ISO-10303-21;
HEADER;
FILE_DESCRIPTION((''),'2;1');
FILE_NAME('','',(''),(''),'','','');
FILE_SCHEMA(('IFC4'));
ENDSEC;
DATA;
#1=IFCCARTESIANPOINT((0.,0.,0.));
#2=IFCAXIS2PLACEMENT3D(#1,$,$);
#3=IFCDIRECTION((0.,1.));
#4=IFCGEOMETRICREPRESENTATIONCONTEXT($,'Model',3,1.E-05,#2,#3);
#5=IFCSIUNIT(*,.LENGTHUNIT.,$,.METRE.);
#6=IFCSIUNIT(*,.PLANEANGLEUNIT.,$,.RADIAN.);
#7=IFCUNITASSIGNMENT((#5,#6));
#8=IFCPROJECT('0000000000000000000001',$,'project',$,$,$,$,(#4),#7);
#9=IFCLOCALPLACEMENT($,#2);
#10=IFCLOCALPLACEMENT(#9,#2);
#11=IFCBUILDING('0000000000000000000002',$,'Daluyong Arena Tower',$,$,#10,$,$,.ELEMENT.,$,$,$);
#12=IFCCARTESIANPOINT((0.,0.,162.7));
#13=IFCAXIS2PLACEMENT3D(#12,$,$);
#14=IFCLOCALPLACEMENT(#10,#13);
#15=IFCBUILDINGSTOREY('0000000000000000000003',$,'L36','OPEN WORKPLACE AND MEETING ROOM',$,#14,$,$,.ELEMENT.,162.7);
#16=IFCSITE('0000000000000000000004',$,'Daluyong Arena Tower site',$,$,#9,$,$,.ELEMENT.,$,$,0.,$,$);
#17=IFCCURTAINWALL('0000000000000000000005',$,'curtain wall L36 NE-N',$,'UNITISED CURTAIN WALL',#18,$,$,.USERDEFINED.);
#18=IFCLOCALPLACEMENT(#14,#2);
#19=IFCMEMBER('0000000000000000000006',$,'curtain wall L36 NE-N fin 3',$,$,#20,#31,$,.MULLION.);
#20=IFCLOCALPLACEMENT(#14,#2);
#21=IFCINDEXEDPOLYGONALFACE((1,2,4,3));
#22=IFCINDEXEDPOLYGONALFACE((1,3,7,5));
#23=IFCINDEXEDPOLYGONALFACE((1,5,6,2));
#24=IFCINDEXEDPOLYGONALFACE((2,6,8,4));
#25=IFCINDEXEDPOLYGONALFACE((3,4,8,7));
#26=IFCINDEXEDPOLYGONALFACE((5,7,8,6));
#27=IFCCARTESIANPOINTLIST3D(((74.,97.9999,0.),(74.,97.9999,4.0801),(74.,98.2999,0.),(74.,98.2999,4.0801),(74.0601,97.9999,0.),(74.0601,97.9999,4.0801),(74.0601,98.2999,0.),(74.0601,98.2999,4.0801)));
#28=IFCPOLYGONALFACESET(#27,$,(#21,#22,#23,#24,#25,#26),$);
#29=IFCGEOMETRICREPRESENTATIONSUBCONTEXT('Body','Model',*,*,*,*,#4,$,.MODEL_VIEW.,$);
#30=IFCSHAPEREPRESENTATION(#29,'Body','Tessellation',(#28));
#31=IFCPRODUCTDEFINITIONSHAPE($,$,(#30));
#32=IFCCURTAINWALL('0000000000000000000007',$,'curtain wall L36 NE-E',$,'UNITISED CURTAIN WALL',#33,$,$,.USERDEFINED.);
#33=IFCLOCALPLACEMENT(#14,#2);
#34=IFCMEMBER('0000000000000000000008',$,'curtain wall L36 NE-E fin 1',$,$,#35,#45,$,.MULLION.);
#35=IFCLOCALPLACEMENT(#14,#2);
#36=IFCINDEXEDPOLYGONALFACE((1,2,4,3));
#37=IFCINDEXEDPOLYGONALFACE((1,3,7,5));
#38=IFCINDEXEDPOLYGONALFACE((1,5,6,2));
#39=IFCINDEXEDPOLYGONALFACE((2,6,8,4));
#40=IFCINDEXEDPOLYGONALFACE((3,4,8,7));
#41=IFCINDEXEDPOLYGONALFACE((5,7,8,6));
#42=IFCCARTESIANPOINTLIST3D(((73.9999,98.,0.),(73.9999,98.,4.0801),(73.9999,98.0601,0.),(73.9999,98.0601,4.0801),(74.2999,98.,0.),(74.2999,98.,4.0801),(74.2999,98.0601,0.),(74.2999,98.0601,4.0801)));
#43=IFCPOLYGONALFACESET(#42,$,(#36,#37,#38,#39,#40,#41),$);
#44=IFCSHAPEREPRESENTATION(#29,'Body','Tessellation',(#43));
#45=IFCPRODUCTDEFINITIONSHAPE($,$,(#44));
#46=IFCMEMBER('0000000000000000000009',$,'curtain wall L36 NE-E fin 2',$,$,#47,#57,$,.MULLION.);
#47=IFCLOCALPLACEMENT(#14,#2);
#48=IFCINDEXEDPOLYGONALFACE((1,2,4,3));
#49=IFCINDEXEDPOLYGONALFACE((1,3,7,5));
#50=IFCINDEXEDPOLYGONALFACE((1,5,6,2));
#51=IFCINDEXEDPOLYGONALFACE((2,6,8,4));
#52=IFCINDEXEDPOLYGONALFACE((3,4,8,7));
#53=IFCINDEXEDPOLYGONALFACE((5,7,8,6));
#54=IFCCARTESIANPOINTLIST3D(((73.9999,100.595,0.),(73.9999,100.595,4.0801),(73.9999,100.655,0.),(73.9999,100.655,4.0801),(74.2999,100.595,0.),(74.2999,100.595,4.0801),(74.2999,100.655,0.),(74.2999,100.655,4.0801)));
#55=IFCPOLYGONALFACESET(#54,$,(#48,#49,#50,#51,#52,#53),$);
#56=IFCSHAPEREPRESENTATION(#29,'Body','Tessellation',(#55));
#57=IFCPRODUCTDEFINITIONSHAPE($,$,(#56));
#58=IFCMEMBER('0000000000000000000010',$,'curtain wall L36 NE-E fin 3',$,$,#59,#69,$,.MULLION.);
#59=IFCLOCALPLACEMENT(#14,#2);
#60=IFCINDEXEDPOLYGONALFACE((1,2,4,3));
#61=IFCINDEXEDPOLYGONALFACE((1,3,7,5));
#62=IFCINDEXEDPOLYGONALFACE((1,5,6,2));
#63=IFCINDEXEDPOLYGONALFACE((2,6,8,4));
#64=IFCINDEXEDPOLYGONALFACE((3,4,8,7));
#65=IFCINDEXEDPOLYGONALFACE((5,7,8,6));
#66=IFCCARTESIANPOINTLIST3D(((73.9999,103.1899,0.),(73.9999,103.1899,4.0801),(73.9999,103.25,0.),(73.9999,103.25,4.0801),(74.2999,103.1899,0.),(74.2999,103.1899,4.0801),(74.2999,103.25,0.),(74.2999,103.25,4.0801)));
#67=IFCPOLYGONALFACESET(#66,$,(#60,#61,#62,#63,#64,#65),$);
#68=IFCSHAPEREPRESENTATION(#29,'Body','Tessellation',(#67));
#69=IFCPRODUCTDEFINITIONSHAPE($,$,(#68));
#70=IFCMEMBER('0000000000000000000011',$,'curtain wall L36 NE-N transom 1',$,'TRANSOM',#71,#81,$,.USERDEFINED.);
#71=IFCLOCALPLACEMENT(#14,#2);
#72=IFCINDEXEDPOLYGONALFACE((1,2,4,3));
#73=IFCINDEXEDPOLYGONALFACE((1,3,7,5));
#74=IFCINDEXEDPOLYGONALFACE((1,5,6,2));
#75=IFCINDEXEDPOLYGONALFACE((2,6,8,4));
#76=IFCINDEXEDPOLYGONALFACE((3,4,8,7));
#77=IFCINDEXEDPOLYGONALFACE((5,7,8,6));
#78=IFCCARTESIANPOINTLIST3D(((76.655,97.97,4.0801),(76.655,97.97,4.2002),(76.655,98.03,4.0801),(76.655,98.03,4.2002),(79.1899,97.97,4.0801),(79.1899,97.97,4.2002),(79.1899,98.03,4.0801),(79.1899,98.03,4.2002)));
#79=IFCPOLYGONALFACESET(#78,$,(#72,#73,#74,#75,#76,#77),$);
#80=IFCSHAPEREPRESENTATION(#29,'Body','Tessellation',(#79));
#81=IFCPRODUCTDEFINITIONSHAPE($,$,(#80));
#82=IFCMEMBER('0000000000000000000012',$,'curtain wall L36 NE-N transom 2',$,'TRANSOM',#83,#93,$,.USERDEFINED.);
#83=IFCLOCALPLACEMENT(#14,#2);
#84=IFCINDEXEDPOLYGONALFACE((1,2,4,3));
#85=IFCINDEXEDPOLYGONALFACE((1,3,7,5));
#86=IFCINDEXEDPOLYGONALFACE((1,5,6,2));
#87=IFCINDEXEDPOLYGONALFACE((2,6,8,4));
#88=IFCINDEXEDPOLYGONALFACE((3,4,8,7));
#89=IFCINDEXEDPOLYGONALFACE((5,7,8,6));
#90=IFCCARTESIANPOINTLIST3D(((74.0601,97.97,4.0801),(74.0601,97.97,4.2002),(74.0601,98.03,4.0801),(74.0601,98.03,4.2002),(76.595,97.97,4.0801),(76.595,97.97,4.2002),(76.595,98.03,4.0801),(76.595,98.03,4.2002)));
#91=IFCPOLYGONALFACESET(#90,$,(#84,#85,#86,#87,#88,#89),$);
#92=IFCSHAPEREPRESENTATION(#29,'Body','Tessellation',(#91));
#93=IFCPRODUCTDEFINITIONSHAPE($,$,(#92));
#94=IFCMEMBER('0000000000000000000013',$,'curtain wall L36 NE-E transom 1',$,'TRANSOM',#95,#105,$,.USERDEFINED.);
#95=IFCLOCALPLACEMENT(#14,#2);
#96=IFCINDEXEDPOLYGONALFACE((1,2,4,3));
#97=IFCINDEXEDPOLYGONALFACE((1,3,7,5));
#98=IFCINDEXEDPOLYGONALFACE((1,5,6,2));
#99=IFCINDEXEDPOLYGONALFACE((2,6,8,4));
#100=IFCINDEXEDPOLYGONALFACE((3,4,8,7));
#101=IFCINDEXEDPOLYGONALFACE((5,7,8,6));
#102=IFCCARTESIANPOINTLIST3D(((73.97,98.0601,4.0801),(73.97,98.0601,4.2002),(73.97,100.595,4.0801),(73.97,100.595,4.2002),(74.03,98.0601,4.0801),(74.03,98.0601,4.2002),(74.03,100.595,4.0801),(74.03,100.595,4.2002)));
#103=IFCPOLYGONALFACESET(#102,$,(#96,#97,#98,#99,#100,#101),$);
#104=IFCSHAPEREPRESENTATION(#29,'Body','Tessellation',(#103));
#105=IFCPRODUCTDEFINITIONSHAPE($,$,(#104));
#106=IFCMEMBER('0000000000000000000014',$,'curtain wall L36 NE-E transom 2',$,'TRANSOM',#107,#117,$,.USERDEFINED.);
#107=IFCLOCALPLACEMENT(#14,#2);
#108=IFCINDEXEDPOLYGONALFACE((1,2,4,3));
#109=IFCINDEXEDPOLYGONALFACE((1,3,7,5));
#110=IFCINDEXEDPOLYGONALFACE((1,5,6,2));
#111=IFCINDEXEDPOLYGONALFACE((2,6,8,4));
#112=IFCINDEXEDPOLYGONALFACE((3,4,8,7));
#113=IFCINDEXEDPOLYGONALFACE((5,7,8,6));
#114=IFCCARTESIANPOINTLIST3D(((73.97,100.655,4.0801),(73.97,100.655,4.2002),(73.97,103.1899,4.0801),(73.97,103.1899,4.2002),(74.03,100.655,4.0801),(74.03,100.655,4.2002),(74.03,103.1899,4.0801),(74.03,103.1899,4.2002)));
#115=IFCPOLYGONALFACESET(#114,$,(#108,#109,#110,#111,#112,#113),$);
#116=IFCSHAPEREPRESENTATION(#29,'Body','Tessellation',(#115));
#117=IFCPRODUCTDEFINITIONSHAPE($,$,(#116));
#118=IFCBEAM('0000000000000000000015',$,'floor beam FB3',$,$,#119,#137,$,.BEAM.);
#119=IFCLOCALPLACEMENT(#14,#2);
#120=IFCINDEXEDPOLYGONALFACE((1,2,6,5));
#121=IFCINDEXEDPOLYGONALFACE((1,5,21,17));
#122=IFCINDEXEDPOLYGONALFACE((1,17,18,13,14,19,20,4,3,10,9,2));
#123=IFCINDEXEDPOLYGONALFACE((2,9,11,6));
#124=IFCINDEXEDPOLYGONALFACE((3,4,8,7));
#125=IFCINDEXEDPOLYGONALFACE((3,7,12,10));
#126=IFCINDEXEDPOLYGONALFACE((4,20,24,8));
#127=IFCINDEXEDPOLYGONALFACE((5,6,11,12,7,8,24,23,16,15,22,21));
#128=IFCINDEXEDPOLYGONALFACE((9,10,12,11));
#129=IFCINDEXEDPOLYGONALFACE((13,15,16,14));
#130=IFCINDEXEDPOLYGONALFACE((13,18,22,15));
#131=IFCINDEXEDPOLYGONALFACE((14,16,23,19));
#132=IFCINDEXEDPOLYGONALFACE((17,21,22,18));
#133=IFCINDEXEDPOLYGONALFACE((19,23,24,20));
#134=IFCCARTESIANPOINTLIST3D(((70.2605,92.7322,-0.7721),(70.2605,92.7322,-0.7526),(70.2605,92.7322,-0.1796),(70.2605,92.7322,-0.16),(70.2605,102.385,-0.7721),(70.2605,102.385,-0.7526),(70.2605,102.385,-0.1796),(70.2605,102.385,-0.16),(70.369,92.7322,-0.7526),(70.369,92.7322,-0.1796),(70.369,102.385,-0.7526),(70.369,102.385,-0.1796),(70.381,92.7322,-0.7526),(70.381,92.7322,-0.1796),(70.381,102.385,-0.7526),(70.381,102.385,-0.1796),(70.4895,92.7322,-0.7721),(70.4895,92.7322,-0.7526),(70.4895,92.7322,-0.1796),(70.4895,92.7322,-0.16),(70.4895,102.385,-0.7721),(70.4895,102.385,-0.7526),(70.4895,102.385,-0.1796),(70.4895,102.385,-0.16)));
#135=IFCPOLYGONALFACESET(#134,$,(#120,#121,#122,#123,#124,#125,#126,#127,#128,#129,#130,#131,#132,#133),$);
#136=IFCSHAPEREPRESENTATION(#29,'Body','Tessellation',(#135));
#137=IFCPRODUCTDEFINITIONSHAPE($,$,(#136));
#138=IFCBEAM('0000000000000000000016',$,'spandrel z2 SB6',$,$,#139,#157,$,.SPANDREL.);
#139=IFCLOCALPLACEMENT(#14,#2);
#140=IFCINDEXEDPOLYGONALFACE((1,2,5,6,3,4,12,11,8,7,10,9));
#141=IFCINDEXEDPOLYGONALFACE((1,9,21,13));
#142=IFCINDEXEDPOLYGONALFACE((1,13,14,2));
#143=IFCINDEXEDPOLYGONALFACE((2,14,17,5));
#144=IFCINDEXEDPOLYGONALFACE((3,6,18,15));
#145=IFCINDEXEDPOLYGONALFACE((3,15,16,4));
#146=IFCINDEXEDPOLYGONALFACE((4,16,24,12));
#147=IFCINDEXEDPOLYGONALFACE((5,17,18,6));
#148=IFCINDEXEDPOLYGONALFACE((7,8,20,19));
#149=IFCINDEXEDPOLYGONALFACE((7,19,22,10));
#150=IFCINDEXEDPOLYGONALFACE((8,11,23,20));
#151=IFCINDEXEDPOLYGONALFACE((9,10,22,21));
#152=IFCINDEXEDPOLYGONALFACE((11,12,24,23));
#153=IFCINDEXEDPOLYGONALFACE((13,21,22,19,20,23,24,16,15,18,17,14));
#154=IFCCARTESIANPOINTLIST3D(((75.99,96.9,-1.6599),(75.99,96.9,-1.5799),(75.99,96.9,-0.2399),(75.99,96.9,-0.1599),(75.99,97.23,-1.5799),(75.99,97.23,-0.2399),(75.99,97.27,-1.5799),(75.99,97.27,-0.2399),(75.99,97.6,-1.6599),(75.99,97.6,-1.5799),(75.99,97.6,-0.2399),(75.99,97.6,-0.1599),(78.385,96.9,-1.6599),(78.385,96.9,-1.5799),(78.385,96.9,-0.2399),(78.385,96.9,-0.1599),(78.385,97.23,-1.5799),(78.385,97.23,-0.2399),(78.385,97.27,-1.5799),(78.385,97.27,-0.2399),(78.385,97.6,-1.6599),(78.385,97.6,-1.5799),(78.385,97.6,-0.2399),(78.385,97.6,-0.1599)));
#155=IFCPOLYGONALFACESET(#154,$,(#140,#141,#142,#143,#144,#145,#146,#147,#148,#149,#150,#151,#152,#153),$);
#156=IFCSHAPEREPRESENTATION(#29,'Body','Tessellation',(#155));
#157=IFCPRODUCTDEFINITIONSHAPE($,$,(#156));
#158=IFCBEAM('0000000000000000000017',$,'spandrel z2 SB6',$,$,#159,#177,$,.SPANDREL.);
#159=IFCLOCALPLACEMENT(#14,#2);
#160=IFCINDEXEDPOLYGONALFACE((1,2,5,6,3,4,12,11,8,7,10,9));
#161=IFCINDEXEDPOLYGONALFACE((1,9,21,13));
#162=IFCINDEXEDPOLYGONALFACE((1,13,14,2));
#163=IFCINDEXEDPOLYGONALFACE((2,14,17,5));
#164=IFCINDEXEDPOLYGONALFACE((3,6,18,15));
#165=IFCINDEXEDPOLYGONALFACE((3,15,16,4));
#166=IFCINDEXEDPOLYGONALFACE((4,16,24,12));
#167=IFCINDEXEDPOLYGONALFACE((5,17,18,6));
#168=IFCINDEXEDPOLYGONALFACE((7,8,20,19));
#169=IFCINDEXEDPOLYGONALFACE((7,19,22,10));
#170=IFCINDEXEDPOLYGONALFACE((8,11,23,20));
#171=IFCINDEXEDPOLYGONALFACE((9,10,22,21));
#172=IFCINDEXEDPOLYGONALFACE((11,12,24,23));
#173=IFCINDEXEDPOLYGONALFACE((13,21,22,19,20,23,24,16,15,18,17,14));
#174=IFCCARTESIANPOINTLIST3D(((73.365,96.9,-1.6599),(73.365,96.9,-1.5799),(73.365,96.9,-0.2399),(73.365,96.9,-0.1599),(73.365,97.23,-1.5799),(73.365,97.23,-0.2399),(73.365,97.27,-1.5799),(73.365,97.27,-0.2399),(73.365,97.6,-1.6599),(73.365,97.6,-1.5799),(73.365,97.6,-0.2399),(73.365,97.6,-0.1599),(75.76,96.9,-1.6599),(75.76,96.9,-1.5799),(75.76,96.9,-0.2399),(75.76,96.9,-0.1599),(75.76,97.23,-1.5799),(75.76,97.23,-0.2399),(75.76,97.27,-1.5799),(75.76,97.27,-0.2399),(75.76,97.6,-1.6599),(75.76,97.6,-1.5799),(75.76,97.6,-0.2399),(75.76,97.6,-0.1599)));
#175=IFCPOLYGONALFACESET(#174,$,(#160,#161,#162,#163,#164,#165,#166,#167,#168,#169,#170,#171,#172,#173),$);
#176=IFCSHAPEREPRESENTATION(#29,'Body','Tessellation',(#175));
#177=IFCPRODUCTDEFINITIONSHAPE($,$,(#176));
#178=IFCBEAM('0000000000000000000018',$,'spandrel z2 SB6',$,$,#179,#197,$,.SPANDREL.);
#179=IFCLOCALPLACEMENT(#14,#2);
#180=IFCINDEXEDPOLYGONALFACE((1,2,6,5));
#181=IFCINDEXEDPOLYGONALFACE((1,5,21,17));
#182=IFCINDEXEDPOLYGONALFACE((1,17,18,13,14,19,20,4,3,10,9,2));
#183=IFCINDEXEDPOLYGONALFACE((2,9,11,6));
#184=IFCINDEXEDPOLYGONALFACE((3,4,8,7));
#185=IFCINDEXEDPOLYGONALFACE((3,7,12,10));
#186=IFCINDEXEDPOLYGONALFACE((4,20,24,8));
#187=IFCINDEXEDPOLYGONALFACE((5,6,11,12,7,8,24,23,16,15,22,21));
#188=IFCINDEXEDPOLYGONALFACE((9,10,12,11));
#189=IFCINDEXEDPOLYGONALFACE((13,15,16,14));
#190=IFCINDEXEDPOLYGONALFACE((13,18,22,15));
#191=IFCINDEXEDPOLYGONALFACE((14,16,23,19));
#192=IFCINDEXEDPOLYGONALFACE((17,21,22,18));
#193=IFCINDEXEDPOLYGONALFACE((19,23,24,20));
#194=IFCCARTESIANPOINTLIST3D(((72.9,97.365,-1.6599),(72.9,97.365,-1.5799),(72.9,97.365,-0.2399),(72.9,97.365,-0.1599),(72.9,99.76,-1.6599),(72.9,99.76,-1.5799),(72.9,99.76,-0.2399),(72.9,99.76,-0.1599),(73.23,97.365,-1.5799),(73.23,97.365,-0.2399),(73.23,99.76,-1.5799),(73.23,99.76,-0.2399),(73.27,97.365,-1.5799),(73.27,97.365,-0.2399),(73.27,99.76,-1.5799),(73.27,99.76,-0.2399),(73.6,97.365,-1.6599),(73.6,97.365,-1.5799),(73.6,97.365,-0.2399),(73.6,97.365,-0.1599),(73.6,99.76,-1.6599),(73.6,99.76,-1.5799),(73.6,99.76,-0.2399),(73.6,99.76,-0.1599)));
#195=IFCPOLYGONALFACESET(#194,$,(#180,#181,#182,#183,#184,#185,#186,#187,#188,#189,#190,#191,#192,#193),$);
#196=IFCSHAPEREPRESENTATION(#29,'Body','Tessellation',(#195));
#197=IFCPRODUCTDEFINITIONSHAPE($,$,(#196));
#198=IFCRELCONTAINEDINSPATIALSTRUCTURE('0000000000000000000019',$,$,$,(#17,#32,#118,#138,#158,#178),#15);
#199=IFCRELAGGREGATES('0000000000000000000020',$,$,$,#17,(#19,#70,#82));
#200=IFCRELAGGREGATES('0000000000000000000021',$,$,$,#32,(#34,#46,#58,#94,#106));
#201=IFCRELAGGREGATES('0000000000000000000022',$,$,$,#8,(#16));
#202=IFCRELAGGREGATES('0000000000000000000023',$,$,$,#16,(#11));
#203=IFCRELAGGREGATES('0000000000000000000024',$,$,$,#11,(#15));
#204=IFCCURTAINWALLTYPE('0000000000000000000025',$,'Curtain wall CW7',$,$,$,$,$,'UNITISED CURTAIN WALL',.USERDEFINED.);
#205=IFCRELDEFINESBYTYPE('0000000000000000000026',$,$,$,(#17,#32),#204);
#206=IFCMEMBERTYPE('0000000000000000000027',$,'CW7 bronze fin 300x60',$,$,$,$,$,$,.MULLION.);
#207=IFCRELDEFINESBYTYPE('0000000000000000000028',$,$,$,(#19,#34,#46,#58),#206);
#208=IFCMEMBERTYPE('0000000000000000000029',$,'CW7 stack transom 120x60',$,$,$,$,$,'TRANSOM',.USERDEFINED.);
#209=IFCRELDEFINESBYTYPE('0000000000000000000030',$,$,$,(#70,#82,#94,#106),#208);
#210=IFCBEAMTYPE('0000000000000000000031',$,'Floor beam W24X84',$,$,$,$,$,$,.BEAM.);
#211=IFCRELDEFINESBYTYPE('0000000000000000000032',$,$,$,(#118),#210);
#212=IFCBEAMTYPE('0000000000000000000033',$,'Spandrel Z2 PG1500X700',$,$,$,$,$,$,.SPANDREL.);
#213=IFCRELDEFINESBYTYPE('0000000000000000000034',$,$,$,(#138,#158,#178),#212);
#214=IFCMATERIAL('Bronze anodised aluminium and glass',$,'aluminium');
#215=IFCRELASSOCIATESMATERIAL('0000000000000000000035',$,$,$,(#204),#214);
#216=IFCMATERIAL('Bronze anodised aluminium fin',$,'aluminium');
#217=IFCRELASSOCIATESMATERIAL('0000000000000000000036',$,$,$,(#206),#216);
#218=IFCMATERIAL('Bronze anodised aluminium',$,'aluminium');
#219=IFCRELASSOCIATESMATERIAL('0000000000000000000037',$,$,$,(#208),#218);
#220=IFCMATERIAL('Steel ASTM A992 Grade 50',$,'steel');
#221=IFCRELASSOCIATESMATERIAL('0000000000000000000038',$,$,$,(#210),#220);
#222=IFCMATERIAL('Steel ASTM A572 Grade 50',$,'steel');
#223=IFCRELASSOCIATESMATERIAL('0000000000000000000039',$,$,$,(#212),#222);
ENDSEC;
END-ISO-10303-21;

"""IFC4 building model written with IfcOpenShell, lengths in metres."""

from ifc_helpers import new_model, si_unit, direction, frame, origin, origin_2d, place, context, subcontext, project, spatial, rectangle, i_section, extrude, material, material_profile, profile_set, type_object, element, aggregate, save


model = new_model("IFC4")

# Units and contexts
model_context = context("Model", 3, precision=1e-05, world=origin(), true_north=direction((0.0, 1.0)))
body_context = subcontext(model_context, "Body", "Model", "MODEL_VIEW")
ifc_project = project(units=[si_unit("LENGTHUNIT", "METRE"), si_unit("PLANEANGLEUNIT", "RADIAN")], contexts=[model_context])

# Site, building, storey
site_placement = place(None, origin())
site = spatial("IfcSite", under=ifc_project, at=site_placement, Name="Daluyong Arena Tower site", CompositionType="ELEMENT", RefElevation=0.0)
building_placement = place(site_placement, origin())
building = spatial("IfcBuilding", under=site, at=building_placement, Name="Daluyong Arena Tower", CompositionType="ELEMENT")
storey_placement = place(building_placement, frame((0.0, 0.0, 162.7)))
storey = spatial("IfcBuildingStorey", under=building, at=storey_placement, Name="L36", Description="OPEN WORKPLACE AND MEETING ROOM", CompositionType="ELEMENT", Elevation=162.7)

# Curtain walls, members
ifc_material_1 = material(Name="Bronze anodised aluminium and glass", Category="aluminium")
curtain_wall_type_1 = type_object("IfcCurtainWallType", Name="Curtain wall CW7", ElementType="UNITISED CURTAIN WALL", PredefinedType="USERDEFINED", material=ifc_material_1)
curtain_wall_1_placement = place(storey_placement, origin())
curtain_wall_1 = element("IfcCurtainWall", 1, at=curtain_wall_1_placement, inside=storey, type_object=curtain_wall_type_1, Name="curtain wall L36 NE-N", ObjectType="UNITISED CURTAIN WALL", PredefinedType="USERDEFINED")
ifc_material_2 = material(Name="Bronze anodised aluminium fin", Category="aluminium")
ifc_material_profile_1 = material_profile(ifc_material_2, rectangle(XDim=0.3, YDim=0.0601, at=origin_2d()))
ifc_profile_set_1 = profile_set([ifc_material_profile_1], Name="Bronze anodised aluminium fin")
member_type_1 = type_object("IfcMemberType", Name="CW7 bronze fin 300x60", PredefinedType="MULLION", material=ifc_profile_set_1)
member_1_placement = place(storey_placement, frame((74.03, 98.1499, 0.0), z_axis=(0.0, 0.0, 1.0), x_axis=(0.0, -1.0, 0.0)))
member_1 = element("IfcMember", 2, at=member_1_placement, type_object=member_type_1, Name="curtain wall L36 NE-N fin 3", PredefinedType="MULLION", context=body_context, shape_type="SweptSolid", body=[
    extrude(rectangle(XDim=0.3, YDim=0.0601, at=origin_2d()), origin(), (0.0, 0.0, 1.0), 4.0801),
])
curtain_wall_2_placement = place(storey_placement, origin())
curtain_wall_2 = element("IfcCurtainWall", 3, at=curtain_wall_2_placement, inside=storey, type_object=curtain_wall_type_1, Name="curtain wall L36 NE-E", ObjectType="UNITISED CURTAIN WALL", PredefinedType="USERDEFINED")
member_2_placement = place(storey_placement, frame((74.1499, 98.03, 0.0), z_axis=(0.0, 0.0, 1.0), x_axis=(-1.0, 0.0, 0.0)))
member_2 = element("IfcMember", 4, at=member_2_placement, type_object=member_type_1, Name="curtain wall L36 NE-E fin 1", PredefinedType="MULLION", context=body_context, shape_type="SweptSolid", body=[
    extrude(rectangle(XDim=0.3, YDim=0.0601, at=origin_2d()), origin(), (0.0, 0.0, 1.0), 4.0801),
])
member_3_placement = place(storey_placement, frame((74.1499, 100.625, 0.0), z_axis=(0.0, 0.0, 1.0), x_axis=(-1.0, 0.0, 0.0)))
member_3 = element("IfcMember", 5, at=member_3_placement, type_object=member_type_1, Name="curtain wall L36 NE-E fin 2", PredefinedType="MULLION", context=body_context, shape_type="SweptSolid", body=[
    extrude(rectangle(XDim=0.3, YDim=0.0601, at=origin_2d()), origin(), (0.0, 0.0, 1.0), 4.0801),
])
member_4_placement = place(storey_placement, frame((74.1499, 103.22, 0.0), z_axis=(0.0, 0.0, 1.0), x_axis=(-1.0, 0.0, 0.0)))
member_4 = element("IfcMember", 6, at=member_4_placement, type_object=member_type_1, Name="curtain wall L36 NE-E fin 3", PredefinedType="MULLION", context=body_context, shape_type="SweptSolid", body=[
    extrude(rectangle(XDim=0.3, YDim=0.0601, at=origin_2d()), origin(), (0.0, 0.0, 1.0), 4.0801),
])

# Members
ifc_material_3 = material(Name="Bronze anodised aluminium", Category="aluminium")
ifc_material_profile_2 = material_profile(ifc_material_3, rectangle(XDim=0.0601, YDim=0.1201, at=origin_2d()))
ifc_profile_set_2 = profile_set([ifc_material_profile_2], Name="Bronze anodised aluminium")
member_type_2 = type_object("IfcMemberType", Name="CW7 stack transom 120x60", ElementType="TRANSOM", PredefinedType="USERDEFINED", material=ifc_profile_set_2)
member_5_placement = place(storey_placement, frame((79.1899, 98.0, 4.1401), z_axis=(-1.0, 0.0, 0.0), x_axis=(0.0, -1.0, 0.0)))
member_5 = element("IfcMember", 7, at=member_5_placement, type_object=member_type_2, Name="curtain wall L36 NE-N transom 1", ObjectType="TRANSOM", PredefinedType="USERDEFINED", context=body_context, shape_type="SweptSolid", body=[
    extrude(rectangle(XDim=0.0601, YDim=0.1201, at=origin_2d()), origin(), (0.0, 0.0, 1.0), 2.5349),
])
member_6_placement = place(storey_placement, frame((76.595, 98.0, 4.1401), z_axis=(-1.0, 0.0, 0.0), x_axis=(0.0, -1.0, 0.0)))
member_6 = element("IfcMember", 8, at=member_6_placement, type_object=member_type_2, Name="curtain wall L36 NE-N transom 2", ObjectType="TRANSOM", PredefinedType="USERDEFINED", context=body_context, shape_type="SweptSolid", body=[
    extrude(rectangle(XDim=0.0601, YDim=0.1201, at=origin_2d()), origin(), (0.0, 0.0, 1.0), 2.5349),
])
member_7_placement = place(storey_placement, frame((74.0, 98.0601, 4.1401), z_axis=(0.0, 1.0, 0.0), x_axis=(-1.0, 0.0, 0.0)))
member_7 = element("IfcMember", 9, at=member_7_placement, type_object=member_type_2, Name="curtain wall L36 NE-E transom 1", ObjectType="TRANSOM", PredefinedType="USERDEFINED", context=body_context, shape_type="SweptSolid", body=[
    extrude(rectangle(XDim=0.0601, YDim=0.1201, at=origin_2d()), origin(), (0.0, 0.0, 1.0), 2.5349),
])
member_8_placement = place(storey_placement, frame((74.0, 100.655, 4.1401), z_axis=(0.0, 1.0, 0.0), x_axis=(-1.0, 0.0, 0.0)))
member_8 = element("IfcMember", 10, at=member_8_placement, type_object=member_type_2, Name="curtain wall L36 NE-E transom 2", ObjectType="TRANSOM", PredefinedType="USERDEFINED", context=body_context, shape_type="SweptSolid", body=[
    extrude(rectangle(XDim=0.0601, YDim=0.1201, at=origin_2d()), origin(), (0.0, 0.0, 1.0), 2.5349),
])

# Beams
ifc_material_4 = material(Name="Steel ASTM A992 Grade 50", Category="steel")
ifc_material_profile_3 = material_profile(ifc_material_4, i_section(OverallWidth=0.229, OverallDepth=0.6121, WebThickness=0.012, FlangeThickness=0.0195, at=origin_2d()))
ifc_profile_set_3 = profile_set([ifc_material_profile_3], Name="Steel ASTM A992 Grade 50")
beam_type_1 = type_object("IfcBeamType", Name="Floor beam W24X84", PredefinedType="BEAM", material=ifc_profile_set_3)
beam_1_placement = place(storey_placement, frame((70.375, 102.385, -0.4661), z_axis=(0.0, -1.0, 0.0), x_axis=(1.0, 0.0, 0.0)))
element("IfcBeam", 11, at=beam_1_placement, inside=storey, type_object=beam_type_1, Name="floor beam FB3", PredefinedType="BEAM", context=body_context, shape_type="SweptSolid", body=[
    extrude(i_section(OverallWidth=0.229, OverallDepth=0.6121, WebThickness=0.012, FlangeThickness=0.0195, at=origin_2d()), origin(), (0.0, 0.0, 1.0), 9.6528),
])
ifc_material_5 = material(Name="Steel ASTM A572 Grade 50", Category="steel")
ifc_material_profile_4 = material_profile(ifc_material_5, i_section(OverallWidth=0.7, OverallDepth=1.5, WebThickness=0.04, FlangeThickness=0.08, at=origin_2d()))
ifc_profile_set_4 = profile_set([ifc_material_profile_4], Name="Steel ASTM A572 Grade 50")
beam_type_2 = type_object("IfcBeamType", Name="Spandrel Z2 PG1500X700", PredefinedType="SPANDREL", material=ifc_profile_set_4)
for number, where, z_axis, x_axis, name in (
    (12, (78.385, 97.25, -0.9099), (-1.0, 0.0, 0.0), (0.0, -1.0, 0.0), "spandrel z2 SB6"),
    (13, (75.76, 97.25, -0.9099), (-1.0, 0.0, 0.0), (0.0, -1.0, 0.0), "spandrel z2 SB6"),
    (14, (73.25, 97.365, -0.9099), (0.0, 1.0, 0.0), (-1.0, 0.0, 0.0), "spandrel z2 SB6"),
):
    element("IfcBeam", number, at=place(storey_placement, frame(where, z_axis=z_axis, x_axis=x_axis)), inside=storey, type_object=beam_type_2, Name=name, PredefinedType="SPANDREL", context=body_context, shape_type="SweptSolid", body=[
        extrude(i_section(OverallWidth=0.7, OverallDepth=1.5, WebThickness=0.04, FlangeThickness=0.08, at=origin_2d()), origin(), (0.0, 0.0, 1.0), 2.395),
    ])

aggregate(curtain_wall_1, [member_1, member_5, member_6])
aggregate(curtain_wall_2, [member_2, member_3, member_4, member_7, member_8])

save(model, "model.ifc")
